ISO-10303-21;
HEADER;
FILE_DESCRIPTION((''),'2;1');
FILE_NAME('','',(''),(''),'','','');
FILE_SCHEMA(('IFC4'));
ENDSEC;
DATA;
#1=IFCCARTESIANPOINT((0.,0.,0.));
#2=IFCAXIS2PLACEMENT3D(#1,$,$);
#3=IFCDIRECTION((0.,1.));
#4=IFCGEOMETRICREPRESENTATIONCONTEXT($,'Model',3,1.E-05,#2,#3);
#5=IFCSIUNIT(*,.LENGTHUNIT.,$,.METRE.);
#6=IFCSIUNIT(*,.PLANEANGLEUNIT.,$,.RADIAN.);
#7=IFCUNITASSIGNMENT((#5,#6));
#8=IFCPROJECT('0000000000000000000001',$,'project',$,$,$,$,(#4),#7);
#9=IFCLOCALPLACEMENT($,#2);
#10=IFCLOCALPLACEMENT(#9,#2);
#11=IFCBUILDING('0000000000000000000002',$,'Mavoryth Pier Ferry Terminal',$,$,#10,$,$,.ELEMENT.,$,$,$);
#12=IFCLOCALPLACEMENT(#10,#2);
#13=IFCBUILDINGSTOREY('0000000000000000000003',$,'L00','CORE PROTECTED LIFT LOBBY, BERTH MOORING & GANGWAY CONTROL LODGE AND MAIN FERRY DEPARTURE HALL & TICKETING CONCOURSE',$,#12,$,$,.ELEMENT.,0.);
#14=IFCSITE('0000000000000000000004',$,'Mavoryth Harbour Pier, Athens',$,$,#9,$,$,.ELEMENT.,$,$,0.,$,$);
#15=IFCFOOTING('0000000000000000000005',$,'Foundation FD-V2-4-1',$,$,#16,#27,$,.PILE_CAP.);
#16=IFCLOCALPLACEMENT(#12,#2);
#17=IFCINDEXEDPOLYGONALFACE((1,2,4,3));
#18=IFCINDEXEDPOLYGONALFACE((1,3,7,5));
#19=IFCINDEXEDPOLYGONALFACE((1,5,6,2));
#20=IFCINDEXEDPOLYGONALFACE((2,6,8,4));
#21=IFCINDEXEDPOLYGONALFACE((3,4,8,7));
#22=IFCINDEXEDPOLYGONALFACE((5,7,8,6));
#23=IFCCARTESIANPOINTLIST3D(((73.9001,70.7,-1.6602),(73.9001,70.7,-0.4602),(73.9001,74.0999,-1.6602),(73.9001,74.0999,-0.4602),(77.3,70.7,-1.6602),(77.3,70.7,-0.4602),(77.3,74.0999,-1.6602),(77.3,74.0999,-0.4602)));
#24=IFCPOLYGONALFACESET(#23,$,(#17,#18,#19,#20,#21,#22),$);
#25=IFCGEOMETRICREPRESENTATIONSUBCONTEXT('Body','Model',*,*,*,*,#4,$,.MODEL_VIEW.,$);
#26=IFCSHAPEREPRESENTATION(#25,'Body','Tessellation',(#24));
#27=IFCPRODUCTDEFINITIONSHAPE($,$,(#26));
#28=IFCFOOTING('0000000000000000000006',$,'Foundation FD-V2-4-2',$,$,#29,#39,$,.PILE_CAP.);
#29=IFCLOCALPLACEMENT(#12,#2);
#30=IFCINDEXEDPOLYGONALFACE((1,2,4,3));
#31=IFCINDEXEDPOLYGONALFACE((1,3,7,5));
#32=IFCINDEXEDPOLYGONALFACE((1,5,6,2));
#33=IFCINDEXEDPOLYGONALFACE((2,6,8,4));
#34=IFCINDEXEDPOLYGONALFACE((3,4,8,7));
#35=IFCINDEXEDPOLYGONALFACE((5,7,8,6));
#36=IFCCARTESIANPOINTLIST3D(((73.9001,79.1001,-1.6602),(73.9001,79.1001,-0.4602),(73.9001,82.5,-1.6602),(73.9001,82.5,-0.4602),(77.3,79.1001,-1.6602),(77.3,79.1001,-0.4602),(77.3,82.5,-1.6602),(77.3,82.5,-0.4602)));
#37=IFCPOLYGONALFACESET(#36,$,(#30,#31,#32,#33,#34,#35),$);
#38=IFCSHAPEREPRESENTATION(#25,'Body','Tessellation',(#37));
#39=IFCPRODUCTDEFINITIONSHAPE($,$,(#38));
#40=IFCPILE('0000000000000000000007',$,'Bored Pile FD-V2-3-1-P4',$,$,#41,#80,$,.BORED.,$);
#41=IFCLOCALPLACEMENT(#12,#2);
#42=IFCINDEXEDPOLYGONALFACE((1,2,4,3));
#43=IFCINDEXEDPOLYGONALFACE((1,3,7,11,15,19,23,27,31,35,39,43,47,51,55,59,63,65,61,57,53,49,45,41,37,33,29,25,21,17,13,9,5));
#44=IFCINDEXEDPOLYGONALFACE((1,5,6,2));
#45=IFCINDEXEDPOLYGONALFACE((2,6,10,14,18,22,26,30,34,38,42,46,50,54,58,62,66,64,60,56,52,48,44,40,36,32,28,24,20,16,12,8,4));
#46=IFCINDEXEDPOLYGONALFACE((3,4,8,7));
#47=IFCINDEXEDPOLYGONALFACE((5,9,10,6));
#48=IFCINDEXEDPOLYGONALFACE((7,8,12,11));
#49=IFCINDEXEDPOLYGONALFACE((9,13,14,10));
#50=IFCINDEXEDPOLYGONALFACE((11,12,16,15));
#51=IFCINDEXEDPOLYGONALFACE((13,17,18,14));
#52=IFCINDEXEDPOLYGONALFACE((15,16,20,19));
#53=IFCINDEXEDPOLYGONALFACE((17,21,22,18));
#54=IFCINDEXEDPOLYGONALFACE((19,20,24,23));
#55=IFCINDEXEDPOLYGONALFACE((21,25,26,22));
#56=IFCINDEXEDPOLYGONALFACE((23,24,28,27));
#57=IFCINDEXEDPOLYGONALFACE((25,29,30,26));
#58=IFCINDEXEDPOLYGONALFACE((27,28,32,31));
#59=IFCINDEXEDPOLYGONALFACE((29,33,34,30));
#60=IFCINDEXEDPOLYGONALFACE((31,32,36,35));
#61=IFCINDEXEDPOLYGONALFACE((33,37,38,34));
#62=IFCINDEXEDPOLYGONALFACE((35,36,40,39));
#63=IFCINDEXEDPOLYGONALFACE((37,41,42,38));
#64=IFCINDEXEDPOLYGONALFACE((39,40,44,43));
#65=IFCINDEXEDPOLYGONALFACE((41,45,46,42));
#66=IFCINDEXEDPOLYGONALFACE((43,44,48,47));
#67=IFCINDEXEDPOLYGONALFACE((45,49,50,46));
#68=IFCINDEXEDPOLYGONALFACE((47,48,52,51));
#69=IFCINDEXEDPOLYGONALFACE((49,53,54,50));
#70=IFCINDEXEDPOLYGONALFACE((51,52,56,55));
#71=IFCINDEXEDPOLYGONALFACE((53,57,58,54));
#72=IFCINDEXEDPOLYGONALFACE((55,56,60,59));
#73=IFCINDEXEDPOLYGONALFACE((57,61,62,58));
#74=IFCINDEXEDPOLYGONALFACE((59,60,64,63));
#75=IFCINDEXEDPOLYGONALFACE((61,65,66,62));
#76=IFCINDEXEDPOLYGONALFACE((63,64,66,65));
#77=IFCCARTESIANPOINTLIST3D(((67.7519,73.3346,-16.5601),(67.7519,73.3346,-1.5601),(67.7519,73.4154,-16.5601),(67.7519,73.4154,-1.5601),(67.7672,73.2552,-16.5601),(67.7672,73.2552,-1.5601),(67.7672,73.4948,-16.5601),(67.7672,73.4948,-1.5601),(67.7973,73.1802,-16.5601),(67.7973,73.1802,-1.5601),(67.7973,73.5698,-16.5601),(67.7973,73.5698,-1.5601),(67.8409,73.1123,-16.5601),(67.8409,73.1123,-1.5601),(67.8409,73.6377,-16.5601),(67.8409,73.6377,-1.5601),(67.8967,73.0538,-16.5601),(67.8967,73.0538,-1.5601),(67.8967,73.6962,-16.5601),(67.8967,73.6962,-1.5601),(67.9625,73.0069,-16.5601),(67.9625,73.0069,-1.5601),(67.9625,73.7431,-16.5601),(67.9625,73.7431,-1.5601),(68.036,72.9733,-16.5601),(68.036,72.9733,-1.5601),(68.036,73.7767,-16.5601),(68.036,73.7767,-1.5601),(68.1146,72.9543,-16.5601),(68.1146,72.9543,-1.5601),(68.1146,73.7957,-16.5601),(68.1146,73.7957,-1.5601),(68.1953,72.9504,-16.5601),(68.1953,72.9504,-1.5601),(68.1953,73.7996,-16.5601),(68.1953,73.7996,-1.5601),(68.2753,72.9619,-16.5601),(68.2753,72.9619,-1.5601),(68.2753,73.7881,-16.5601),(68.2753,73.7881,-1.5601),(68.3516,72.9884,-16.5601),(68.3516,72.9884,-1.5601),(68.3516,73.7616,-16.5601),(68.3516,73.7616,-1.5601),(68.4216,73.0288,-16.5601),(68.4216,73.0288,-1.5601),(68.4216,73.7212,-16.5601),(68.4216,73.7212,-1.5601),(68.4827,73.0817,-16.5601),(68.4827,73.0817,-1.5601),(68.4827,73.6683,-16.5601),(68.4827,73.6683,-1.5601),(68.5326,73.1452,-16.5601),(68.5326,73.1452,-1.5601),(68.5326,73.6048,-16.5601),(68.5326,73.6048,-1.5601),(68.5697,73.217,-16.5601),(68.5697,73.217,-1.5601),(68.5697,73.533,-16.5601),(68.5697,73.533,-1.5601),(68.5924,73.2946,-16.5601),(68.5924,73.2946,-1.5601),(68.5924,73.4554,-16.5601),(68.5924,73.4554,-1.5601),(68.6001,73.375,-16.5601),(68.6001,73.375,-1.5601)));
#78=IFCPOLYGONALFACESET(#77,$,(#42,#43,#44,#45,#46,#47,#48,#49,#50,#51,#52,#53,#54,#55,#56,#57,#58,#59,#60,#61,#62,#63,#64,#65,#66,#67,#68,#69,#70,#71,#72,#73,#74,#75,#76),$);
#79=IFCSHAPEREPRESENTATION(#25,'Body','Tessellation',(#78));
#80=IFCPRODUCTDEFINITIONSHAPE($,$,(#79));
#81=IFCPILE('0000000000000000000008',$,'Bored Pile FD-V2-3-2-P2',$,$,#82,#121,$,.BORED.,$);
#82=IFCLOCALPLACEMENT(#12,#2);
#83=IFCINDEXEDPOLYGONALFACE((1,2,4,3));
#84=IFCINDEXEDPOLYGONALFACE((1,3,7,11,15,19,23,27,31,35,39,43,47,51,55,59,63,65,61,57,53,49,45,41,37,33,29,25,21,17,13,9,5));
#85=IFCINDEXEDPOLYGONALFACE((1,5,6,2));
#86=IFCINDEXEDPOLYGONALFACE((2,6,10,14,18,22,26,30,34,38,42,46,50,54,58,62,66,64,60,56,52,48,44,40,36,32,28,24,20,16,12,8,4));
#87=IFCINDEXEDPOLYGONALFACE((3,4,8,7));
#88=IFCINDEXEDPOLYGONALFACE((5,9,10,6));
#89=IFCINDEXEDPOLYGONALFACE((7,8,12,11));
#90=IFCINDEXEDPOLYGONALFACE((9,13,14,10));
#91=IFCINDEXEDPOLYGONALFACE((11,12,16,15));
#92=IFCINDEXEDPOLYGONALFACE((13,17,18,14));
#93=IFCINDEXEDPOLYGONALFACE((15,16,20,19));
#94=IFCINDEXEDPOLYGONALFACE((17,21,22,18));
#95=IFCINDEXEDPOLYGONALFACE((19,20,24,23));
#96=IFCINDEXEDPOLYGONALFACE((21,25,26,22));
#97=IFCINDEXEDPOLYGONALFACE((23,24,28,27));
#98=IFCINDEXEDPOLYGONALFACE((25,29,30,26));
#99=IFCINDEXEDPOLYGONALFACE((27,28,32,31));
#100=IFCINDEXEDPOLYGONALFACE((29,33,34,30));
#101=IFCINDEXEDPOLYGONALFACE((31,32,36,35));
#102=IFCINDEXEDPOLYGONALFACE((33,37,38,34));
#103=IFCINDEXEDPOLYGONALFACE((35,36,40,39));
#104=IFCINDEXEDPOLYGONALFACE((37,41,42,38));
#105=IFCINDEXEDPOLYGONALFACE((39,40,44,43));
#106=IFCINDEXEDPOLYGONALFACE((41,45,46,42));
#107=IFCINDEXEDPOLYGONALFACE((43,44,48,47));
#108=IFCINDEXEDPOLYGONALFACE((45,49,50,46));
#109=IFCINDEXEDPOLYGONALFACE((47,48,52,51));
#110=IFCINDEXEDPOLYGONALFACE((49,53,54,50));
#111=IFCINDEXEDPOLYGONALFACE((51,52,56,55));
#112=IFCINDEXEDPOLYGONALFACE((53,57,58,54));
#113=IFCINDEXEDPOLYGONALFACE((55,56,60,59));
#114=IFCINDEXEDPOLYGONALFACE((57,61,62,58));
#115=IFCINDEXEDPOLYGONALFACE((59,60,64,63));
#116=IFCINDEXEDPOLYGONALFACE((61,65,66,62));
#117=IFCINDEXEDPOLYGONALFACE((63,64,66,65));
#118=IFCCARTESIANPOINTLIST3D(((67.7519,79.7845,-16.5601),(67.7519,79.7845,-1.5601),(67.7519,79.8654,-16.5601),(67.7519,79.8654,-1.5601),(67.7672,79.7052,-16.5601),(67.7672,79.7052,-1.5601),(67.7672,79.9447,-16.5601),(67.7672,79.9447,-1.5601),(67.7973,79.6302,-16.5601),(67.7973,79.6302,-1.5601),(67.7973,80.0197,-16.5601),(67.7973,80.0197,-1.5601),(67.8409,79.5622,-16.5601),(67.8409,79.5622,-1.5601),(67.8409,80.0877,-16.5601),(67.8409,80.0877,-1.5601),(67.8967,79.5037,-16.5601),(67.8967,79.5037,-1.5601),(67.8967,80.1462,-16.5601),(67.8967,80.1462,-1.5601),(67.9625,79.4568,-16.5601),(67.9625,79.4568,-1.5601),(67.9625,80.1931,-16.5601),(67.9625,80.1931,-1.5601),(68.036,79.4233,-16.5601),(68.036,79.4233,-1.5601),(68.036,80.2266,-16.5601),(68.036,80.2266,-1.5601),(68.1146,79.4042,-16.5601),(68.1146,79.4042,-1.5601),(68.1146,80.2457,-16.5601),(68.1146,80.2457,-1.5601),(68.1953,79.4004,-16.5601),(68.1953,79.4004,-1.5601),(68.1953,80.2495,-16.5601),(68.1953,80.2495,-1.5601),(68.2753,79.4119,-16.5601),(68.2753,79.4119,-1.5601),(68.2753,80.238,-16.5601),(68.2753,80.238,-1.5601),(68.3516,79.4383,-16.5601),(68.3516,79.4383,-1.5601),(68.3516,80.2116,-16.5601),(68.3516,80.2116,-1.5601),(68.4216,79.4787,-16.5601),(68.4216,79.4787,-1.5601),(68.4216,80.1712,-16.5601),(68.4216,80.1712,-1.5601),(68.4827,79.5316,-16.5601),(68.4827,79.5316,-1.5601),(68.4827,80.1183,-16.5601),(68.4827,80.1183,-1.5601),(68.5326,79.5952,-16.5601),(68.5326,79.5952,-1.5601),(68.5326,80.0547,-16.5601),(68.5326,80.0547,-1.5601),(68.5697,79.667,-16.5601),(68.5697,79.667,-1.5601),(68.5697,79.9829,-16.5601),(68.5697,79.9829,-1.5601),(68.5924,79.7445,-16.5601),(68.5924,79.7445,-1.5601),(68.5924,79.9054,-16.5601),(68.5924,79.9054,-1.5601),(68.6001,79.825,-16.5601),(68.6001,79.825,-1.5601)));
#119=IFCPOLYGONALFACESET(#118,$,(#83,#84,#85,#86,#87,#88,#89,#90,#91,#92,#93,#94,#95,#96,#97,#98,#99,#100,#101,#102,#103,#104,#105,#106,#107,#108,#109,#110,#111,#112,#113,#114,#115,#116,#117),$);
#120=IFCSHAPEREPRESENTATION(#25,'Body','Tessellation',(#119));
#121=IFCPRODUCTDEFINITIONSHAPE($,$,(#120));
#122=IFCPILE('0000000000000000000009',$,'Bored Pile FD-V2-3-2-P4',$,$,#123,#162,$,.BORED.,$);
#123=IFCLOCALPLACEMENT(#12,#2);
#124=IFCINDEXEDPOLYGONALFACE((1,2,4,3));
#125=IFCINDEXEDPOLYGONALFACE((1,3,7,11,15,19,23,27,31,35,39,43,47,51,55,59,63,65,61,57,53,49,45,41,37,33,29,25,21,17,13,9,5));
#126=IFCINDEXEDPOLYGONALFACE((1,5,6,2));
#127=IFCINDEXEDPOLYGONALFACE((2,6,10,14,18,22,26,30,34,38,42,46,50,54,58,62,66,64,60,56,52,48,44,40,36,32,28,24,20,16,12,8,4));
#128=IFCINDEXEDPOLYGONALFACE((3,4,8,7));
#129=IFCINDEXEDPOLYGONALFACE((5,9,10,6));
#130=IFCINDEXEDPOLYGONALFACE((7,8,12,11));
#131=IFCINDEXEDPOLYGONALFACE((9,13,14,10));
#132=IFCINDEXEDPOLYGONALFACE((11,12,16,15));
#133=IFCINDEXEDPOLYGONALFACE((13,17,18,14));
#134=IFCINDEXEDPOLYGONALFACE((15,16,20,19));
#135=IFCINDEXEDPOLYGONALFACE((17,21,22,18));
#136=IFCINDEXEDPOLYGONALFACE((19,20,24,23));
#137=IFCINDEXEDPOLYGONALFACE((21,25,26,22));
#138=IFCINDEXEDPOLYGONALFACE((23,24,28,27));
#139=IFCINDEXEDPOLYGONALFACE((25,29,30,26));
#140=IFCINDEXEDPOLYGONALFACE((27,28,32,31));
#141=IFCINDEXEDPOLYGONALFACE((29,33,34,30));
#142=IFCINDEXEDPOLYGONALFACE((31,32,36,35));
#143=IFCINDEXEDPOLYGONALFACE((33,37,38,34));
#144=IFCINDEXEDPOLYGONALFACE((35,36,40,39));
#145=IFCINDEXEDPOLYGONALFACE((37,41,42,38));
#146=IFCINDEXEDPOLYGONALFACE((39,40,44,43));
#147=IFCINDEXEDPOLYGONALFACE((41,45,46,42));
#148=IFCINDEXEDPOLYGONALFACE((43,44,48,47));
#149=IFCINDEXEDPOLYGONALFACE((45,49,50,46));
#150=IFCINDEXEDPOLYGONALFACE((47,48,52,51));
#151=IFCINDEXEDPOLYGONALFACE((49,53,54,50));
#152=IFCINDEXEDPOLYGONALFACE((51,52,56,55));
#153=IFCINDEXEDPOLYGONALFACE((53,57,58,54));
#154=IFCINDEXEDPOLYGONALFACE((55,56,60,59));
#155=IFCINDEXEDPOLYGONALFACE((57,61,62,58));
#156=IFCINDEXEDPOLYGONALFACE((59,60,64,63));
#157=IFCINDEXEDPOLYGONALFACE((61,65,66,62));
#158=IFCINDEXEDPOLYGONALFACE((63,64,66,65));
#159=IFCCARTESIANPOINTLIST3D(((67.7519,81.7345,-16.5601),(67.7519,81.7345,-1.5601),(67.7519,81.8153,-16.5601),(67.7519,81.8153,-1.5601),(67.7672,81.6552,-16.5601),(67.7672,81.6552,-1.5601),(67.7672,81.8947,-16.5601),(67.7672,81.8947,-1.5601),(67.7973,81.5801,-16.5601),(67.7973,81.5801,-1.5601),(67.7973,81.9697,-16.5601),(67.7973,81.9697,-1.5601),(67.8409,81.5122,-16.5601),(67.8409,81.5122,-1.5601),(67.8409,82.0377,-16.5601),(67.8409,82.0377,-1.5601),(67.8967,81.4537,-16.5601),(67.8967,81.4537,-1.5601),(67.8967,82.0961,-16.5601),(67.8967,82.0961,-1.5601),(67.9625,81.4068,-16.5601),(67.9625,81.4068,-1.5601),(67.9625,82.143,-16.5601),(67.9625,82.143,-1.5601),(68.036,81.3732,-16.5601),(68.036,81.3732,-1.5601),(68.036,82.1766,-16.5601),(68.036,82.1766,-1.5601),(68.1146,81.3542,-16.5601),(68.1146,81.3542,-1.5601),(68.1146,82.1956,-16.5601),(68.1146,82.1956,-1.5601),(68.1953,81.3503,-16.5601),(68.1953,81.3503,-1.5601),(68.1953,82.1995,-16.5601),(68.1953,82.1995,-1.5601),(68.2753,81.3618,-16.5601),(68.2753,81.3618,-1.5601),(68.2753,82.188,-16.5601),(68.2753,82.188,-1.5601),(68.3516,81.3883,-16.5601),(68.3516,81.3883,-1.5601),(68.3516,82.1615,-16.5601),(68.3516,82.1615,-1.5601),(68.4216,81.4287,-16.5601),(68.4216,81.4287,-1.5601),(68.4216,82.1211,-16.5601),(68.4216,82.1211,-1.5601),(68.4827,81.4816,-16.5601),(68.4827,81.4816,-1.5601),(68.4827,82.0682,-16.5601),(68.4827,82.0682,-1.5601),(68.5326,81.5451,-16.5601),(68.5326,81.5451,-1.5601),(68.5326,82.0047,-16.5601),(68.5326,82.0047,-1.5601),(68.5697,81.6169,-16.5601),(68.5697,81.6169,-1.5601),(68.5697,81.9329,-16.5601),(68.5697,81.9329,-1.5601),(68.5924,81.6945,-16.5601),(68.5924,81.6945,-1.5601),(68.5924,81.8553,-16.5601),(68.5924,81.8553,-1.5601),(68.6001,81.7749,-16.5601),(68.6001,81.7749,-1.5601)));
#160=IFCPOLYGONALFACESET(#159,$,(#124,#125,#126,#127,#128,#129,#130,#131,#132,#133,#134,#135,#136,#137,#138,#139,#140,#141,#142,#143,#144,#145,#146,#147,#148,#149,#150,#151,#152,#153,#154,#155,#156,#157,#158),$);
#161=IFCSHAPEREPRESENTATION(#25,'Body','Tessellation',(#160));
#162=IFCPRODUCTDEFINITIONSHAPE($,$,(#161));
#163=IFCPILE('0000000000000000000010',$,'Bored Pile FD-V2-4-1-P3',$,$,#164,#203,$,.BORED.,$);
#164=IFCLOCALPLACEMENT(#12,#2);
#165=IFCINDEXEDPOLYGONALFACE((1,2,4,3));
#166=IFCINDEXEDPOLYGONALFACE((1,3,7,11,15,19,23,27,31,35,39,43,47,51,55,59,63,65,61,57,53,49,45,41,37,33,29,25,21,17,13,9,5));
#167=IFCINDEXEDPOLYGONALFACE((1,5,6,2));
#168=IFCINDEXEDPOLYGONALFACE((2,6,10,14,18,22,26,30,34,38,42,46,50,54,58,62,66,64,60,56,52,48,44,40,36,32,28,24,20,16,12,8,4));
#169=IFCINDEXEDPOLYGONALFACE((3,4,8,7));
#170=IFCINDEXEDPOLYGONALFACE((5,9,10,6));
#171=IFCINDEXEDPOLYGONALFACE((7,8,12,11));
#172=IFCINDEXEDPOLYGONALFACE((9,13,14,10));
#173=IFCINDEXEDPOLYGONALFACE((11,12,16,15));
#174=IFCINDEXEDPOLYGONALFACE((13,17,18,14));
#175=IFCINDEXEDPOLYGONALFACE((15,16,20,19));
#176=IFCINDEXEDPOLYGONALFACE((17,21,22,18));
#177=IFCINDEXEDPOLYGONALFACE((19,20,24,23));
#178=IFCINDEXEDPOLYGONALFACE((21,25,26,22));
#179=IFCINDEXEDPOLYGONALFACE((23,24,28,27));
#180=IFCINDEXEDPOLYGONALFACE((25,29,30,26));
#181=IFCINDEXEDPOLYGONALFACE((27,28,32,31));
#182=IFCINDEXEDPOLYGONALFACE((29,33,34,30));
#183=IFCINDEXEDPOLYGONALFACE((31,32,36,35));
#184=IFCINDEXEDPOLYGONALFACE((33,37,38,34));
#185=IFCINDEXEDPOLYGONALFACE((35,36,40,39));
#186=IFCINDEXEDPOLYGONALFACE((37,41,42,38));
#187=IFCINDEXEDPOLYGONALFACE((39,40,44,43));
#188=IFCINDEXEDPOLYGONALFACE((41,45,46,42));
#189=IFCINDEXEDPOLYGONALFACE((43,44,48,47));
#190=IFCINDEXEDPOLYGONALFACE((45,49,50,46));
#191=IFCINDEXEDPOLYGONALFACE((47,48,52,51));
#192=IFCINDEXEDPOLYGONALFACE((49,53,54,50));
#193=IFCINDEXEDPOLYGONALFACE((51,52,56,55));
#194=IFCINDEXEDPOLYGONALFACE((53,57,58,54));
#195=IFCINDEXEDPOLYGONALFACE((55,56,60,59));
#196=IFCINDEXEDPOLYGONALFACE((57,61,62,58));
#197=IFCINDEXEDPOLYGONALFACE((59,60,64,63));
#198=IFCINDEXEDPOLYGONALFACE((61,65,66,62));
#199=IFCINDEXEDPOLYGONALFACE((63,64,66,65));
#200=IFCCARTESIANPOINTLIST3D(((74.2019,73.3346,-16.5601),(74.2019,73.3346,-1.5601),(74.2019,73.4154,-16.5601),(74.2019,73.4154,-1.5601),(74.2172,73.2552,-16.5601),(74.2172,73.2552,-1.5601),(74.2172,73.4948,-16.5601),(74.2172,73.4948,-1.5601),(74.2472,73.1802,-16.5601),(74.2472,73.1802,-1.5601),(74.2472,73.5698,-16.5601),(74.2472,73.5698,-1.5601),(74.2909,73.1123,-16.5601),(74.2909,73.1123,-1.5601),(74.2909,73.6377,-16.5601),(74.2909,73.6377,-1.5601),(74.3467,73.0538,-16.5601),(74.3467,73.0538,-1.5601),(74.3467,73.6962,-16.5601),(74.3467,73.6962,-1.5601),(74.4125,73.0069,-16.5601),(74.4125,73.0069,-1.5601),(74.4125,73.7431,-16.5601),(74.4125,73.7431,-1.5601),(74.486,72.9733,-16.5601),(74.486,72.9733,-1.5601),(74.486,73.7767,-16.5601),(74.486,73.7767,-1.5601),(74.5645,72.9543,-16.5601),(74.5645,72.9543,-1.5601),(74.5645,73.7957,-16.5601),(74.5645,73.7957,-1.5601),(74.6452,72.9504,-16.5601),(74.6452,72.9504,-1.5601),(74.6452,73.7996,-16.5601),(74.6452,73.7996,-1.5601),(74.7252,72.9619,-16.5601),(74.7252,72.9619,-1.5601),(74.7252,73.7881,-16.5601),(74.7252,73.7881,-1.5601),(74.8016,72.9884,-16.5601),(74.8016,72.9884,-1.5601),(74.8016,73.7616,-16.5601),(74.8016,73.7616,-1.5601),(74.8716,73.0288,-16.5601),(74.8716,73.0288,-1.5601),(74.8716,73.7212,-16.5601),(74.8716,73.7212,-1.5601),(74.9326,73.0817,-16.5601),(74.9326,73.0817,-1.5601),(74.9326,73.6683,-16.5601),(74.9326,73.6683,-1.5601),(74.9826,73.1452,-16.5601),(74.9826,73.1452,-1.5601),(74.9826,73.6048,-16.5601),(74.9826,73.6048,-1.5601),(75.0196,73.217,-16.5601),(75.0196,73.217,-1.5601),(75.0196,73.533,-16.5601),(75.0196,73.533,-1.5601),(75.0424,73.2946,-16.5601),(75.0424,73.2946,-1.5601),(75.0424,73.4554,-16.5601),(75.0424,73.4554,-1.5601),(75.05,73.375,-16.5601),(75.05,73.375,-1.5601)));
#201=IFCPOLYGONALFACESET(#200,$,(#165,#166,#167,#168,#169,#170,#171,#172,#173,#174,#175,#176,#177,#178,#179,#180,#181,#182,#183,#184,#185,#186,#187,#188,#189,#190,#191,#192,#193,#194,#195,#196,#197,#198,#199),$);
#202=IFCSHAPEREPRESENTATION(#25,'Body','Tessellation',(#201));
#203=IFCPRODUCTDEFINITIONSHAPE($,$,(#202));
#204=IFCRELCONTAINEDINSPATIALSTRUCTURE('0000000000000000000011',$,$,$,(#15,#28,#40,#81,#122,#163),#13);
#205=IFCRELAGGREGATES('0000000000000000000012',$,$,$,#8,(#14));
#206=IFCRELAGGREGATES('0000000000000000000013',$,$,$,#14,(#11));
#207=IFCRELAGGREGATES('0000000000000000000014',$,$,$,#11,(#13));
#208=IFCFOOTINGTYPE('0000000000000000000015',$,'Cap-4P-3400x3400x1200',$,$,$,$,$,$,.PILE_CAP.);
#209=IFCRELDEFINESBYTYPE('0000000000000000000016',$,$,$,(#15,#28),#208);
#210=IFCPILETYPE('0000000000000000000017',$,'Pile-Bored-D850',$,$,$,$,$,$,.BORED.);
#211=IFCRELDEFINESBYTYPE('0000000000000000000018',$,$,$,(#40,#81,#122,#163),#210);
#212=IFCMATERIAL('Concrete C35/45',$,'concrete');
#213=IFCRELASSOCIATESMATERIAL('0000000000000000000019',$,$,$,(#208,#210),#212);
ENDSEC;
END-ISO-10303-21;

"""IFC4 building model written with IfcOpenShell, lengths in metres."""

from ifc_helpers import new_model, si_unit, direction, frame, origin, origin_2d, place, context, subcontext, project, spatial, rectangle, circle, extrude, material, material_profile, profile_set, type_object, element, save


model = new_model("IFC4")

# Units and contexts
model_context = context("Model", 3, precision=1e-05, world=origin(), true_north=direction((0.0, 1.0)))
body_context = subcontext(model_context, "Body", "Model", "MODEL_VIEW")
ifc_project = project(units=[si_unit("LENGTHUNIT", "METRE"), si_unit("PLANEANGLEUNIT", "RADIAN")], contexts=[model_context])

# Site, building, storey
site_placement = place(None, origin())
site = spatial("IfcSite", under=ifc_project, at=site_placement, Name="Mavoryth Harbour Pier, Athens", CompositionType="ELEMENT", RefElevation=0.0)
building_placement = place(site_placement, origin())
building = spatial("IfcBuilding", under=site, at=building_placement, Name="Mavoryth Pier Ferry Terminal", CompositionType="ELEMENT")
storey_placement = place(building_placement, origin())
storey = spatial("IfcBuildingStorey", under=building, at=storey_placement, Name="L00", Description="CORE PROTECTED LIFT LOBBY, BERTH MOORING & GANGWAY CONTROL LODGE AND MAIN FERRY DEPARTURE HALL & TICKETING CONCOURSE", CompositionType="ELEMENT", Elevation=0.0)

# Footings
ifc_material_1 = material(Name="Concrete C35/45", Category="concrete")
footing_type_1 = type_object("IfcFootingType", Name="Cap-4P-3400x3400x1200", PredefinedType="PILE_CAP", material=ifc_material_1)
for number, where, z_axis, x_axis, name in (
    (1, (75.6001, 72.3999, -1.6602), (0.0, 0.0, 1.0), (1.0, 0.0, 0.0), "Foundation FD-V2-4-1"),
    (2, (75.6001, 80.8, -1.6602), (0.0, 0.0, 1.0), (1.0, 0.0, 0.0), "Foundation FD-V2-4-2"),
):
    element("IfcFooting", number, at=place(storey_placement, frame(where, z_axis=z_axis, x_axis=x_axis)), inside=storey, type_object=footing_type_1, Name=name, PredefinedType="PILE_CAP", context=body_context, shape_type="SweptSolid", body=[
        extrude(rectangle(XDim=3.3999, YDim=3.3999, at=origin_2d()), origin(), (0.0, 0.0, 1.0), 1.2),
    ])

# Piles
ifc_material_profile_1 = material_profile(ifc_material_1, circle(Radius=0.425, at=origin_2d()), Name="PILE D850", Category="concrete")
ifc_profile_set_1 = profile_set([ifc_material_profile_1], Name="Concrete C35/45 - PILE D850")
pile_type = type_object("IfcPileType", Name="Pile-Bored-D850", PredefinedType="BORED", material=ifc_profile_set_1)
for number, where, z_axis, x_axis, name in (
    (3, (68.175, 73.375, -1.5601), (0.0, 0.0, -1.0), (1.0, 0.0, 0.0), "Bored Pile FD-V2-3-1-P4"),
    (4, (68.175, 79.825, -1.5601), (0.0, 0.0, -1.0), (1.0, 0.0, 0.0), "Bored Pile FD-V2-3-2-P2"),
    (5, (68.175, 81.7749, -1.5601), (0.0, 0.0, -1.0), (1.0, 0.0, 0.0), "Bored Pile FD-V2-3-2-P4"),
    (6, (74.625, 73.375, -1.5601), (0.0, 0.0, -1.0), (1.0, 0.0, 0.0), "Bored Pile FD-V2-4-1-P3"),
):
    element("IfcPile", number, at=place(storey_placement, frame(where, z_axis=z_axis, x_axis=x_axis)), inside=storey, type_object=pile_type, Name=name, PredefinedType="BORED", context=body_context, shape_type="SweptSolid", body=[
        extrude(circle(Radius=0.425, at=origin_2d()), origin(), (0.0, 0.0, 1.0), 15.0),
    ])

save(model, "model.ifc")
